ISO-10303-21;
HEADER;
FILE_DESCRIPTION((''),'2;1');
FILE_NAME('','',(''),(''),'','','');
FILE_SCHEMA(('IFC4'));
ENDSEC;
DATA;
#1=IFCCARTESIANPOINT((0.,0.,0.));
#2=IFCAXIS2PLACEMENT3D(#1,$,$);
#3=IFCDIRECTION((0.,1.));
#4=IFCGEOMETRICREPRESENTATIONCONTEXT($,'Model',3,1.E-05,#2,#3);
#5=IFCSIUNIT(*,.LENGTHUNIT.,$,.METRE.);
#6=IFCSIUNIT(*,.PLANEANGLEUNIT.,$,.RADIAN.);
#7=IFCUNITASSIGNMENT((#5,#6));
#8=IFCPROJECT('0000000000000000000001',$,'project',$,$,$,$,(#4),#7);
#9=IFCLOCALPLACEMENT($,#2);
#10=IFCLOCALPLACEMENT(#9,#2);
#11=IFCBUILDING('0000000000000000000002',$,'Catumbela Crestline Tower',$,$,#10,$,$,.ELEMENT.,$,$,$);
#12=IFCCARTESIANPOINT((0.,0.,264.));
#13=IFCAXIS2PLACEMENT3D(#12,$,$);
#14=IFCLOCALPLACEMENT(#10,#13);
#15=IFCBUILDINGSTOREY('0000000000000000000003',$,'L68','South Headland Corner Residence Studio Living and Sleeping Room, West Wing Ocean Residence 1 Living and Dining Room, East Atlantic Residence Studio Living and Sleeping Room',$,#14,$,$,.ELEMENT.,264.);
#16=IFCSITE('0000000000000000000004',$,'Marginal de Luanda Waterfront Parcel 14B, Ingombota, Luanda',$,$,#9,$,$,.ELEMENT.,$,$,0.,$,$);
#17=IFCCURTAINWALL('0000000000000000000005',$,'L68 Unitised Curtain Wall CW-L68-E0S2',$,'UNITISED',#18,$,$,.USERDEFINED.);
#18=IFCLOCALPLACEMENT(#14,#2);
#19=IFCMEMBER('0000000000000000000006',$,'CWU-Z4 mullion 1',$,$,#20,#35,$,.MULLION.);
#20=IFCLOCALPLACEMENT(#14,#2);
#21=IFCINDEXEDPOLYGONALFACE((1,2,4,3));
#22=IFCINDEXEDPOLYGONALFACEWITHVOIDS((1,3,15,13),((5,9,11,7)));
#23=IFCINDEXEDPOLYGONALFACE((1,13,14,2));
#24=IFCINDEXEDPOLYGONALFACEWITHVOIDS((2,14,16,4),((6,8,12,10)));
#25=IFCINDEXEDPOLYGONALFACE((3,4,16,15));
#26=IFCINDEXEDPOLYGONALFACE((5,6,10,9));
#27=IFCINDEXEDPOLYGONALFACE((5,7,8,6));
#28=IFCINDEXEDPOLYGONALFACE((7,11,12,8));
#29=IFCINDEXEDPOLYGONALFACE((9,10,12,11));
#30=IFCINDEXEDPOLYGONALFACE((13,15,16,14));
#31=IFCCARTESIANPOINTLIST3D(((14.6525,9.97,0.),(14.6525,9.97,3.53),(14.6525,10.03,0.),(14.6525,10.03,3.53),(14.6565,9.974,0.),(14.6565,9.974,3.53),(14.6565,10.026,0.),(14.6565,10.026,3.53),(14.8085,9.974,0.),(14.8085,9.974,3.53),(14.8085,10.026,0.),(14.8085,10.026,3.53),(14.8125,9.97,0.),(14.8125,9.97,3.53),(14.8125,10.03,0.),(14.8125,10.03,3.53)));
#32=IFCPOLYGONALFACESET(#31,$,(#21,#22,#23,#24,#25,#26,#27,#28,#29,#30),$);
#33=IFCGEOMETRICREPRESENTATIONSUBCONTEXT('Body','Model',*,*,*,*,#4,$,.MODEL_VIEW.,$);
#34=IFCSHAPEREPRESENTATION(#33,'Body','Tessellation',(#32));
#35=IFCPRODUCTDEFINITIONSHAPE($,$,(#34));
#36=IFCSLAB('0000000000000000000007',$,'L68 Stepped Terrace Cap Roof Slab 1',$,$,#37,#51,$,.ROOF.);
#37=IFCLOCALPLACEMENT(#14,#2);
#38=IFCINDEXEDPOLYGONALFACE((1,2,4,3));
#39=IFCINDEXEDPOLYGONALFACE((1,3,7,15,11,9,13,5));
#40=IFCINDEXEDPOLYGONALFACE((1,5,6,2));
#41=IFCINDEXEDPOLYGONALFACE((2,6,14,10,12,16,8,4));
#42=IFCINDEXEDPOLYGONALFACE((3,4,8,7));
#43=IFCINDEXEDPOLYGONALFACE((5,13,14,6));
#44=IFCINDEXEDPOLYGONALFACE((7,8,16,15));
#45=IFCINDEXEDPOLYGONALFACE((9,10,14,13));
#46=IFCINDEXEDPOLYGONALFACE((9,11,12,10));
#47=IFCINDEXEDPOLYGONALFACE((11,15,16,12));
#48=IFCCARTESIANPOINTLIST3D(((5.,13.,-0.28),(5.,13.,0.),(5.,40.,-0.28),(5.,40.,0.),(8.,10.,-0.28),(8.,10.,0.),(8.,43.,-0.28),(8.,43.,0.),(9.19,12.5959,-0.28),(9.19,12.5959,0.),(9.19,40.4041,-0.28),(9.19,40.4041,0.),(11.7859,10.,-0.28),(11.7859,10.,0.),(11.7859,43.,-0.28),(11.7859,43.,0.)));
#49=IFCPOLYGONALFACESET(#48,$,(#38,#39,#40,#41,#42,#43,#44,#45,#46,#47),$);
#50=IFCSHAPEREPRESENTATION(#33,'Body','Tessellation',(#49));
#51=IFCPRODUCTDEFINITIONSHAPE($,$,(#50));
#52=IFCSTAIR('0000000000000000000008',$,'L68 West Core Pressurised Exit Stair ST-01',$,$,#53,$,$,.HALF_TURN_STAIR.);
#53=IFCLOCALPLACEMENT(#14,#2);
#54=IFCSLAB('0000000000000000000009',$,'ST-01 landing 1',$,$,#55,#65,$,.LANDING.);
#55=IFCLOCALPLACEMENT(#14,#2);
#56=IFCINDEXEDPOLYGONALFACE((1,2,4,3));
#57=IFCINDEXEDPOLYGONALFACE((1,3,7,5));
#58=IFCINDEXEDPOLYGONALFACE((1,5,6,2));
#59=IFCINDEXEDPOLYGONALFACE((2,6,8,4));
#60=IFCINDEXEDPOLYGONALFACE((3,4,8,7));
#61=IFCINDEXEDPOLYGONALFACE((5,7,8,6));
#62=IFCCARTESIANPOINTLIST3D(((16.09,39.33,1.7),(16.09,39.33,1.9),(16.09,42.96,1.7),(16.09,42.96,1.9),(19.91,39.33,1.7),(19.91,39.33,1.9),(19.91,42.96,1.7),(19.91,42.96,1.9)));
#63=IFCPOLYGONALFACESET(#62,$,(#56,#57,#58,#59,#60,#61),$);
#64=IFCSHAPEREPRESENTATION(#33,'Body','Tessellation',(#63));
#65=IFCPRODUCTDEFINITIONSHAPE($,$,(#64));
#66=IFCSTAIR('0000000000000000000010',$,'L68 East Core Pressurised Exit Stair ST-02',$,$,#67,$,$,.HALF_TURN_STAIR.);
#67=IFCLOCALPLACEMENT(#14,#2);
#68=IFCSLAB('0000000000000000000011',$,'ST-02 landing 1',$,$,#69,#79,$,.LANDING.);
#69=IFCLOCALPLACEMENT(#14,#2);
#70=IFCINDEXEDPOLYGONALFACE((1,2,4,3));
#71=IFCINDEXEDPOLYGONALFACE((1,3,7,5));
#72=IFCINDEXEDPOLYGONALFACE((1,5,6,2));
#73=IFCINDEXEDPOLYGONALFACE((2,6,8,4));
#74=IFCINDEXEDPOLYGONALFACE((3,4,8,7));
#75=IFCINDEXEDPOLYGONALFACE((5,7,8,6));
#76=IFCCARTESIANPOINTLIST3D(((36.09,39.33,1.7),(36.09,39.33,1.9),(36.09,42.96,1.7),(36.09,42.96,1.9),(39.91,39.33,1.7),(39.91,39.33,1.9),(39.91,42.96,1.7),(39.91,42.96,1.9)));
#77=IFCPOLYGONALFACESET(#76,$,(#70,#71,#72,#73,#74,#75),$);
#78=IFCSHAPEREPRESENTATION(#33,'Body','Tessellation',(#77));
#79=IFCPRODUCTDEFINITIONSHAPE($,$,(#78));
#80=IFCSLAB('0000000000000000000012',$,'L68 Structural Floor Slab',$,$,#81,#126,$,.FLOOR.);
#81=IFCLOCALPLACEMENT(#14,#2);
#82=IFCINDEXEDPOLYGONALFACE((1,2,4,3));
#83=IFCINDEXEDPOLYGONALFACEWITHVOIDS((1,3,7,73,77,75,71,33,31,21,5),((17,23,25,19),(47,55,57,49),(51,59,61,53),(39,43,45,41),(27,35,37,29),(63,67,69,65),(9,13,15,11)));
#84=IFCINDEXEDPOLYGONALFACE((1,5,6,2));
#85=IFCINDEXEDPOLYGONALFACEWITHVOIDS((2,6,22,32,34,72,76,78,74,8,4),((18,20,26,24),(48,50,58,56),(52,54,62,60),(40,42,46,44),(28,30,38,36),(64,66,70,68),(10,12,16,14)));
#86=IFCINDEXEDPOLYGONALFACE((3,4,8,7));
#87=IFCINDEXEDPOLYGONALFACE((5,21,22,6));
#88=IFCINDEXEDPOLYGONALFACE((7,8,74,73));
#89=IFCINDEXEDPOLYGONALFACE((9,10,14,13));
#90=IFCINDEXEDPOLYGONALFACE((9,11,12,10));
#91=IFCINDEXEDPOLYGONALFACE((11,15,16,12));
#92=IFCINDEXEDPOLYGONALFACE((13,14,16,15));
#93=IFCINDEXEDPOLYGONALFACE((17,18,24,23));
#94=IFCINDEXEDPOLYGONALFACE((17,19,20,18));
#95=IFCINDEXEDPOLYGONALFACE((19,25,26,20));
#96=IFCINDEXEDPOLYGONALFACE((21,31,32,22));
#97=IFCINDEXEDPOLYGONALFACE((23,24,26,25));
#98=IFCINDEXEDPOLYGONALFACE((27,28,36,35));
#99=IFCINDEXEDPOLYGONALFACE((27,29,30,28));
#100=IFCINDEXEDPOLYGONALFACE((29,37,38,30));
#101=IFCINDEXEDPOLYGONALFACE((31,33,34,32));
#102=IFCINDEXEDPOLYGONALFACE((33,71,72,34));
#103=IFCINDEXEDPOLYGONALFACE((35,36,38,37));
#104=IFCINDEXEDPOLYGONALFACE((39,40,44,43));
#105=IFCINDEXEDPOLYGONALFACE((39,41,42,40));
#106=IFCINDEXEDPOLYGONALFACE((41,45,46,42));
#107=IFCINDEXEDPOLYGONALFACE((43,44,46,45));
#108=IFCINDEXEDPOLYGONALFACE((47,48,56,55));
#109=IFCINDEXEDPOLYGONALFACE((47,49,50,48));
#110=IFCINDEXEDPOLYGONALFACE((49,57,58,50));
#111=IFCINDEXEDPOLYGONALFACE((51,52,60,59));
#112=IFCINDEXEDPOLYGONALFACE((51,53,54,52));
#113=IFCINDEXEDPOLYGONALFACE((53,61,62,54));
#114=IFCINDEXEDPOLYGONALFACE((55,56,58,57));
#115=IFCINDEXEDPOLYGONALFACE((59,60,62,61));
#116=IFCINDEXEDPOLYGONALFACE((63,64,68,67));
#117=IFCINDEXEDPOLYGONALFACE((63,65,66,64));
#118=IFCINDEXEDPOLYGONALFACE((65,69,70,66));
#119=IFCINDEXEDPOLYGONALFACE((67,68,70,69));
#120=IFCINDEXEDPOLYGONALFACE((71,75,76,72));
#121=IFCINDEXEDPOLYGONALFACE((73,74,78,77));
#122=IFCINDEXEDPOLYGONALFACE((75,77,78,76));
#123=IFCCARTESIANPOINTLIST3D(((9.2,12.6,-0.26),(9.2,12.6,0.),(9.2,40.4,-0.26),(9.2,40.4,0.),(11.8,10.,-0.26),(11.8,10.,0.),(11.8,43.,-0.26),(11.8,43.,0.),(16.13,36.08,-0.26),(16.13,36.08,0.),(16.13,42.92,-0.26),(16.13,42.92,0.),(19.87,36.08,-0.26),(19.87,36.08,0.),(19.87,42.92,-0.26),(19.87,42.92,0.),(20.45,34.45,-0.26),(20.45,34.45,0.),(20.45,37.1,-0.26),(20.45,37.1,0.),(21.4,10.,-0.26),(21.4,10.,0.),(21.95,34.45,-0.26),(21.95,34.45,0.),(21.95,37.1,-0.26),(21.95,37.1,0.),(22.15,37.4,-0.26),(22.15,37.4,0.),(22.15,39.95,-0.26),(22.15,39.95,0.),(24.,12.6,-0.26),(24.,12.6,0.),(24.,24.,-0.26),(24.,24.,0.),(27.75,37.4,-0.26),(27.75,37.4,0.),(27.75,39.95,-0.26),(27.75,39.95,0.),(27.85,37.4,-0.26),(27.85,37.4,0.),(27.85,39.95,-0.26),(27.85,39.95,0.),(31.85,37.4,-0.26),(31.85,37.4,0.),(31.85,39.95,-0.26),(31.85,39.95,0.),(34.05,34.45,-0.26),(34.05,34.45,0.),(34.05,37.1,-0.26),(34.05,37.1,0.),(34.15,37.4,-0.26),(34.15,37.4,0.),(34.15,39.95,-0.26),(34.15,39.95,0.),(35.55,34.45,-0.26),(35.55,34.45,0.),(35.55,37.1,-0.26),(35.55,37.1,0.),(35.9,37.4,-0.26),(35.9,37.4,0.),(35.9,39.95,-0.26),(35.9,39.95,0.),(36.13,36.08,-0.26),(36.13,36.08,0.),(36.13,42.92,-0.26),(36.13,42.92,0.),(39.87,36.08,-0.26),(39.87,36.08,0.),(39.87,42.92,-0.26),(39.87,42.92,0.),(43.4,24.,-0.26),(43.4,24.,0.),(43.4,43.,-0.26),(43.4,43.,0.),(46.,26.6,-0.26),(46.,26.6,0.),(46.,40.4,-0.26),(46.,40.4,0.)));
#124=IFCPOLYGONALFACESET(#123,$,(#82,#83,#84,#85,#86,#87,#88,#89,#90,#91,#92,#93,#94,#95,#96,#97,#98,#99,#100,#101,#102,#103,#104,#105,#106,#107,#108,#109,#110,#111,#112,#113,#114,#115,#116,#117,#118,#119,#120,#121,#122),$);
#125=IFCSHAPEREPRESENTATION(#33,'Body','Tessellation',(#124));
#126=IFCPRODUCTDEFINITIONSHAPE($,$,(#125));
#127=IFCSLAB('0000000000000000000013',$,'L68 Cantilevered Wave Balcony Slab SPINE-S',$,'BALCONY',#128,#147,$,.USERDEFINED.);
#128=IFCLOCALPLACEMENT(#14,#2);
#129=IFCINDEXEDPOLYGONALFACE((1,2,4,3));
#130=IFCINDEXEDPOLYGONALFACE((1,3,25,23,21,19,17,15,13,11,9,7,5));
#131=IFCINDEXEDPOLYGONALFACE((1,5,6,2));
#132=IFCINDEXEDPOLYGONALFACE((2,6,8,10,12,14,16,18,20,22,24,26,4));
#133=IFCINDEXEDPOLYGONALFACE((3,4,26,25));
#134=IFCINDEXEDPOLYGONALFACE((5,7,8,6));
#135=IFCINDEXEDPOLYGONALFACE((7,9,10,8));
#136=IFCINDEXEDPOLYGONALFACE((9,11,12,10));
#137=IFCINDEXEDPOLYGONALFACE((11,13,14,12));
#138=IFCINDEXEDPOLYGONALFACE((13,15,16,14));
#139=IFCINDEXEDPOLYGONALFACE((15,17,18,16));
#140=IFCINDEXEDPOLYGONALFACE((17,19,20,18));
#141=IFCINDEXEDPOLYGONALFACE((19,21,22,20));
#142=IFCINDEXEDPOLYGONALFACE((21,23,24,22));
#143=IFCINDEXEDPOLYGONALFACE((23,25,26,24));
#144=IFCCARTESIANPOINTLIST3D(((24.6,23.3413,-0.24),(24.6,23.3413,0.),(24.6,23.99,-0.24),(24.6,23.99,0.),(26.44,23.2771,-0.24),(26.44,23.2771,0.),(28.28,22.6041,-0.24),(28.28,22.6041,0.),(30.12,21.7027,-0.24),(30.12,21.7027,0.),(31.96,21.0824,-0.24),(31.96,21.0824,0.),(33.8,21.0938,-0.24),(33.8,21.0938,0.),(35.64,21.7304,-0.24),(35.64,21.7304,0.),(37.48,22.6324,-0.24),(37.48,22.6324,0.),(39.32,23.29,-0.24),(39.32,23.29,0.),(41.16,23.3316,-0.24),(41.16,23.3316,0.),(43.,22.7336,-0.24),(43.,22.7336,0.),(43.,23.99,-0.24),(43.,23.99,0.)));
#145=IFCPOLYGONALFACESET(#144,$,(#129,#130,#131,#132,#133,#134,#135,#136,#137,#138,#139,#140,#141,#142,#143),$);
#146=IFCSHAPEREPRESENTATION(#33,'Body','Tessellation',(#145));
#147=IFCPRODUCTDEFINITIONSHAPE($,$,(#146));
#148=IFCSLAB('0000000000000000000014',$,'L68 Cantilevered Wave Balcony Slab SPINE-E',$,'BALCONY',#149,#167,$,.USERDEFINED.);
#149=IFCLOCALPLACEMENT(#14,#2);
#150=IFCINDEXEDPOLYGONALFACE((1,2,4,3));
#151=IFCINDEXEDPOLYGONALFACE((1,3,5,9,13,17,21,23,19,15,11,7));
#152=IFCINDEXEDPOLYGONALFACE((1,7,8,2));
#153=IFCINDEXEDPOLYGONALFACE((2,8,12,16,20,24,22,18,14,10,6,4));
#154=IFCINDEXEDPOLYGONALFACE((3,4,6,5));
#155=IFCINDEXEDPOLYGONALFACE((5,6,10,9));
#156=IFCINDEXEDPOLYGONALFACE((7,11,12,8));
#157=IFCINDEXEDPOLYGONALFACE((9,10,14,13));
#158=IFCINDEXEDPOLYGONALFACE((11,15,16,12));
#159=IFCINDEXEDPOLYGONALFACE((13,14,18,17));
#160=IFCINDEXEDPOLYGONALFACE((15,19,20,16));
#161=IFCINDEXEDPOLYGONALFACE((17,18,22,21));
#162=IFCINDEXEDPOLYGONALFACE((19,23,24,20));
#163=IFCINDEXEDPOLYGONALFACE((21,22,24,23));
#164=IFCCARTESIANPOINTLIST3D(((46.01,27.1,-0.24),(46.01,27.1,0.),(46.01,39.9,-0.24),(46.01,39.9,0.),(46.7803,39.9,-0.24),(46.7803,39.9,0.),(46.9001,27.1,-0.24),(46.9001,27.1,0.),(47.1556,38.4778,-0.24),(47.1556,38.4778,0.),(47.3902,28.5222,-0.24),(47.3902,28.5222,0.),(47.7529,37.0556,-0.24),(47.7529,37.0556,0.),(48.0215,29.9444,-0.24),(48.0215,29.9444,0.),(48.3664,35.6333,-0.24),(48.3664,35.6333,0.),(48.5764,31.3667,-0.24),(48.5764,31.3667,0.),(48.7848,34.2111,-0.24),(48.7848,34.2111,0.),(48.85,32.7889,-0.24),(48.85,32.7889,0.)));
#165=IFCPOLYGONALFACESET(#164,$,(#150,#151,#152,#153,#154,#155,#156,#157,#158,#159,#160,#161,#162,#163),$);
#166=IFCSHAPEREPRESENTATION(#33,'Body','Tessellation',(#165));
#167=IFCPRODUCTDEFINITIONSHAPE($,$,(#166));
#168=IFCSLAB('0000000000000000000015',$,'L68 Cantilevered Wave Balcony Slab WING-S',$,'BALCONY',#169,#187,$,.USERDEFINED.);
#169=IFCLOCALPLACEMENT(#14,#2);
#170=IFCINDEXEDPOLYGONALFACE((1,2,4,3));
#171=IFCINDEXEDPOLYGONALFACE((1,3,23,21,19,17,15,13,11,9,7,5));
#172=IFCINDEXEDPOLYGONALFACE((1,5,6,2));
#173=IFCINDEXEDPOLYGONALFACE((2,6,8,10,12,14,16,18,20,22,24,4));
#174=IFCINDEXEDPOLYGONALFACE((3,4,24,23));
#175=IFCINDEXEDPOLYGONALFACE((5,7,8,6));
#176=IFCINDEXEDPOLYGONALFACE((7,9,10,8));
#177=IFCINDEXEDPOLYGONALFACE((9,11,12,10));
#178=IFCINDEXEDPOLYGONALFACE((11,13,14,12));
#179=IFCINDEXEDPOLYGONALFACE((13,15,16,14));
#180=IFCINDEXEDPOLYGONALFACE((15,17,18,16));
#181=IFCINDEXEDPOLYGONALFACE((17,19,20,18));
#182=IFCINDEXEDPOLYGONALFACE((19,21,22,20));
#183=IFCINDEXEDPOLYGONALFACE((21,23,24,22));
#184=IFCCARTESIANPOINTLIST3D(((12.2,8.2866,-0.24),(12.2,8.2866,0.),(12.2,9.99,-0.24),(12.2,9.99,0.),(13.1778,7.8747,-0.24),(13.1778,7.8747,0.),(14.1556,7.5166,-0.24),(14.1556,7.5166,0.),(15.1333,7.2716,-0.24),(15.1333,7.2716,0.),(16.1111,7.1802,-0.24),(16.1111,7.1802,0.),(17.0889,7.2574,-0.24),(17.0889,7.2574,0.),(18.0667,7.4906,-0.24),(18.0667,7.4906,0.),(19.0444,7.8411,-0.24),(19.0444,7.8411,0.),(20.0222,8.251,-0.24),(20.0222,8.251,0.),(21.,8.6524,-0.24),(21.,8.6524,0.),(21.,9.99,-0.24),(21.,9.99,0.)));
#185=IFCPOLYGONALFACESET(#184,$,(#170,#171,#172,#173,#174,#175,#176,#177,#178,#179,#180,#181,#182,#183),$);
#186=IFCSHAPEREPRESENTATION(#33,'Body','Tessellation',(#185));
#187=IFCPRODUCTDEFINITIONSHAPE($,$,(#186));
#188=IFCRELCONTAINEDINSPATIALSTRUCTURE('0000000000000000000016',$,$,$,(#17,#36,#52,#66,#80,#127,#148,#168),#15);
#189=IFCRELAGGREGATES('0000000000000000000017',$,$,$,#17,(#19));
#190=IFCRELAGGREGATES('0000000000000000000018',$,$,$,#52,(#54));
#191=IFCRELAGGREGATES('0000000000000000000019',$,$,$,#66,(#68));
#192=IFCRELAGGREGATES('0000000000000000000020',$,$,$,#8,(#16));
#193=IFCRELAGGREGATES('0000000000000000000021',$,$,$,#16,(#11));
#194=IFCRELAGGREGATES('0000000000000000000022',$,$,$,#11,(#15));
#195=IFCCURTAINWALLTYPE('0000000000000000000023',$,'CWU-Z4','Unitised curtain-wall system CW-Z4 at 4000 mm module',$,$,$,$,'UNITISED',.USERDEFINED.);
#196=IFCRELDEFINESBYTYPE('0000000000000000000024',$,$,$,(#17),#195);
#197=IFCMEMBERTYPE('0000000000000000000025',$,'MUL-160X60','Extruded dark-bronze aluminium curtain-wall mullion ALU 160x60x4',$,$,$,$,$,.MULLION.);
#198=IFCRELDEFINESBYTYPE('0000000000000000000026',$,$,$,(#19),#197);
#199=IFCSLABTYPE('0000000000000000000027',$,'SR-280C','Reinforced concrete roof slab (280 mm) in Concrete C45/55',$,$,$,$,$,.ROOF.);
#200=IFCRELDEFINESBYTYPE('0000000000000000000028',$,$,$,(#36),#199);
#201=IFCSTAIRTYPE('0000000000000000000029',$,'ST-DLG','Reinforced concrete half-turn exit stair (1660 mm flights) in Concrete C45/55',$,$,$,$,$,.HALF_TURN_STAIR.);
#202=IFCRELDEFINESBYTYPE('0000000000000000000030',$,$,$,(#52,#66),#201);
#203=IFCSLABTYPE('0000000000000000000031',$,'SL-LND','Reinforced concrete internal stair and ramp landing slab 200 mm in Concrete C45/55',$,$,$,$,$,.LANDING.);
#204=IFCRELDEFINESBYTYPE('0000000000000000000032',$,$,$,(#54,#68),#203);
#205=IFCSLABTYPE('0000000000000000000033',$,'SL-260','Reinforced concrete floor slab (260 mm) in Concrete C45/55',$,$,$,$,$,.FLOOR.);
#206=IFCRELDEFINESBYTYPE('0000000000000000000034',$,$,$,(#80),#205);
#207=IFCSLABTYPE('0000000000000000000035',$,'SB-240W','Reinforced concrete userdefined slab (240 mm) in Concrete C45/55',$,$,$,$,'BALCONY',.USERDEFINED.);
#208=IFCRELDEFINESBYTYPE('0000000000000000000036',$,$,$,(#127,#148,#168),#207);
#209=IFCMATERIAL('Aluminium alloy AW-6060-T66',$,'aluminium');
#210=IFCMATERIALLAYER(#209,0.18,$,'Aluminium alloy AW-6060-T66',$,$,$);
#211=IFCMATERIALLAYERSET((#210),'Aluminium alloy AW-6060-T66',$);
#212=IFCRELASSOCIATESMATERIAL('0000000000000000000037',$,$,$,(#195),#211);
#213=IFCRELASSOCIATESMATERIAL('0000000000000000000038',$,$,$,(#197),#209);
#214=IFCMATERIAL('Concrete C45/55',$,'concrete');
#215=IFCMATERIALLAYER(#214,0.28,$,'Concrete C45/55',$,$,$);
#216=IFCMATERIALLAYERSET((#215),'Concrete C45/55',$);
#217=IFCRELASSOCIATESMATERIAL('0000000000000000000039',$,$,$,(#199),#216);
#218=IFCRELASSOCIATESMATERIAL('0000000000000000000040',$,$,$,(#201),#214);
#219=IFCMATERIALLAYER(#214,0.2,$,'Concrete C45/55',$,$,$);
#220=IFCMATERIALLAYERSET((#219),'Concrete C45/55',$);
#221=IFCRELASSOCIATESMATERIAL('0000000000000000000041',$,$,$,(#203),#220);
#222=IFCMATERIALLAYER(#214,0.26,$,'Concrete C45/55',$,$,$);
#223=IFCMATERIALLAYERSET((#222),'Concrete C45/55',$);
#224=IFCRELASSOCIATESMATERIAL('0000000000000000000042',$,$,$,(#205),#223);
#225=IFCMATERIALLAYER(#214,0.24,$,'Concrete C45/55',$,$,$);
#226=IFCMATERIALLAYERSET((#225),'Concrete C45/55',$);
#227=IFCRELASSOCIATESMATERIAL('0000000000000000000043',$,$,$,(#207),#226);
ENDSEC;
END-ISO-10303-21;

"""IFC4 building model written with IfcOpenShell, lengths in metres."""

from ifc_helpers import new_model, si_unit, direction, frame, origin, origin_2d, place, context, subcontext, project, spatial, polyline, hollow_rectangle, outline, extrude, material, layer, layer_set, material_profile, profile_set, type_object, element, aggregate, save


model = new_model("IFC4")

# Units and contexts
model_context = context("Model", 3, precision=1e-05, world=origin(), true_north=direction((0.0, 1.0)))
body_context = subcontext(model_context, "Body", "Model", "MODEL_VIEW")
ifc_project = project(units=[si_unit("LENGTHUNIT", "METRE"), si_unit("PLANEANGLEUNIT", "RADIAN")], contexts=[model_context])

# Site, building, storey
site_placement = place(None, origin())
site = spatial("IfcSite", under=ifc_project, at=site_placement, Name="Marginal de Luanda Waterfront Parcel 14B, Ingombota, Luanda", CompositionType="ELEMENT", RefElevation=0.0)
building_placement = place(site_placement, origin())
building = spatial("IfcBuilding", under=site, at=building_placement, Name="Catumbela Crestline Tower", CompositionType="ELEMENT")
storey_placement = place(building_placement, frame((0.0, 0.0, 264.0)))
storey = spatial("IfcBuildingStorey", under=building, at=storey_placement, Name="L68", Description="South Headland Corner Residence Studio Living and Sleeping Room, West Wing Ocean Residence 1 Living and Dining Room, East Atlantic Residence Studio Living and Sleeping Room", CompositionType="ELEMENT", Elevation=264.0)

# Curtain wall, member
ifc_material_1 = material(Name="Aluminium alloy AW-6060-T66", Category="aluminium")
ifc_layer_1 = layer(ifc_material_1, 0.18, Name="Aluminium alloy AW-6060-T66")
ifc_layer_set_1 = layer_set([ifc_layer_1], Name="Aluminium alloy AW-6060-T66")
curtain_wall_type = type_object("IfcCurtainWallType", Name="CWU-Z4", Description="Unitised curtain-wall system CW-Z4 at 4000 mm module", ElementType="UNITISED", PredefinedType="USERDEFINED", material=ifc_layer_set_1)
curtain_wall_placement = place(storey_placement, origin())
curtain_wall = element("IfcCurtainWall", 1, at=curtain_wall_placement, inside=storey, type_object=curtain_wall_type, Name="L68 Unitised Curtain Wall CW-L68-E0S2", ObjectType="UNITISED", PredefinedType="USERDEFINED")
ifc_material_profile = material_profile(ifc_material_1, hollow_rectangle(XDim=0.06, YDim=0.16, WallThickness=0.004, at=origin_2d()), Name="ALU 160x60x4")
ifc_profile_set = profile_set([ifc_material_profile], Name="Aluminium alloy AW-6060-T66")
member_type = type_object("IfcMemberType", Name="MUL-160X60", Description="Extruded dark-bronze aluminium curtain-wall mullion ALU 160x60x4", PredefinedType="MULLION", material=ifc_profile_set)
member_placement = place(storey_placement, frame((14.7325, 10.0, 0.0), z_axis=(0.0, 0.0, 1.0), x_axis=(0.0, 1.0, 0.0)))
member = element("IfcMember", 2, at=member_placement, type_object=member_type, Name="CWU-Z4 mullion 1", PredefinedType="MULLION", context=body_context, shape_type="SweptSolid", body=[
    extrude(hollow_rectangle(XDim=0.06, YDim=0.16, WallThickness=0.004, at=origin_2d()), origin(), (0.0, 0.0, 1.0), 3.53),
])
aggregate(curtain_wall, [member])

# Slab
ifc_material_2 = material(Name="Concrete C45/55", Category="concrete")
ifc_layer_2 = layer(ifc_material_2, 0.28, Name="Concrete C45/55")
ifc_layer_set_2 = layer_set([ifc_layer_2], Name="Concrete C45/55")
slab_type_1 = type_object("IfcSlabType", Name="SR-280C", Description="Reinforced concrete roof slab (280 mm) in Concrete C45/55", PredefinedType="ROOF", material=ifc_layer_set_2)
slab_1_placement = place(storey_placement, frame((0.0, 0.0, -0.28)))
element("IfcSlab", 3, at=slab_1_placement, inside=storey, type_object=slab_type_1, Name="L68 Stepped Terrace Cap Roof Slab 1", PredefinedType="ROOF", context=body_context, shape_type="SweptSolid", body=[
    extrude(outline(polyline([(5.0, 13.0), (5.0, 40.0), (8.0, 43.0), (11.7859, 43.0), (9.19, 40.4041), (9.19, 12.5959), (11.7859, 10.0), (8.0, 10.0), (5.0, 13.0)])), origin(), (0.0, 0.0, 1.0), 0.28),
])

# Stairs, slabs
stair_type = type_object("IfcStairType", Name="ST-DLG", Description="Reinforced concrete half-turn exit stair (1660 mm flights) in Concrete C45/55", PredefinedType="HALF_TURN_STAIR", material=ifc_material_2)
stair_1_placement = place(storey_placement, origin())
stair_1 = element("IfcStair", 4, at=stair_1_placement, inside=storey, type_object=stair_type, Name="L68 West Core Pressurised Exit Stair ST-01", PredefinedType="HALF_TURN_STAIR")
ifc_layer_3 = layer(ifc_material_2, 0.2, Name="Concrete C45/55")
ifc_layer_set_3 = layer_set([ifc_layer_3], Name="Concrete C45/55")
slab_type_2 = type_object("IfcSlabType", Name="SL-LND", Description="Reinforced concrete internal stair and ramp landing slab 200 mm in Concrete C45/55", PredefinedType="LANDING", material=ifc_layer_set_3)
slab_2_placement = place(storey_placement, frame((0.0, 0.0, 1.7)))
slab_2 = element("IfcSlab", 5, at=slab_2_placement, type_object=slab_type_2, Name="ST-01 landing 1", PredefinedType="LANDING", context=body_context, shape_type="SweptSolid", body=[
    extrude(outline(polyline([(19.91, 39.33), (19.91, 42.96), (16.09, 42.96), (16.09, 39.33), (19.91, 39.33)])), origin(), (0.0, 0.0, 1.0), 0.2),
])
aggregate(stair_1, [slab_2])
stair_2_placement = place(storey_placement, origin())
stair_2 = element("IfcStair", 6, at=stair_2_placement, inside=storey, type_object=stair_type, Name="L68 East Core Pressurised Exit Stair ST-02", PredefinedType="HALF_TURN_STAIR")
slab_3_placement = place(storey_placement, frame((0.0, 0.0, 1.7)))
slab_3 = element("IfcSlab", 7, at=slab_3_placement, type_object=slab_type_2, Name="ST-02 landing 1", PredefinedType="LANDING", context=body_context, shape_type="SweptSolid", body=[
    extrude(outline(polyline([(39.91, 39.33), (39.91, 42.96), (36.09, 42.96), (36.09, 39.33), (39.91, 39.33)])), origin(), (0.0, 0.0, 1.0), 0.2),
])
aggregate(stair_2, [slab_3])

# Slabs
ifc_layer_4 = layer(ifc_material_2, 0.26, Name="Concrete C45/55")
ifc_layer_set_4 = layer_set([ifc_layer_4], Name="Concrete C45/55")
slab_type_3 = type_object("IfcSlabType", Name="SL-260", Description="Reinforced concrete floor slab (260 mm) in Concrete C45/55", PredefinedType="FLOOR", material=ifc_layer_set_4)
slab_4_placement = place(storey_placement, frame((0.0, 0.0, -0.26)))
element("IfcSlab", 8, at=slab_4_placement, inside=storey, type_object=slab_type_3, Name="L68 Structural Floor Slab", PredefinedType="FLOOR", context=body_context, shape_type="SweptSolid", body=[
    extrude(outline(polyline([(11.8, 10.0), (21.4, 10.0), (24.0, 12.6), (24.0, 24.0), (43.4, 24.0), (46.0, 26.6), (46.0, 40.4), (43.4, 43.0), (11.8, 43.0), (9.2, 40.4), (9.2, 12.6), (11.8, 10.0)]), holes=[polyline([(16.13, 36.08), (19.87, 36.08), (19.87, 42.92), (16.13, 42.92), (16.13, 36.08)]), polyline([(36.13, 36.08), (39.87, 36.08), (39.87, 42.92), (36.13, 42.92), (36.13, 36.08)]), polyline([(22.15, 37.4), (27.75, 37.4), (27.75, 39.95), (22.15, 39.95), (22.15, 37.4)]), polyline([(27.85, 37.4), (31.85, 37.4), (31.85, 39.95), (27.85, 39.95), (27.85, 37.4)]), polyline([(20.45, 34.45), (21.95, 34.45), (21.95, 37.1), (20.45, 37.1), (20.45, 34.45)]), polyline([(34.05, 34.45), (35.55, 34.45), (35.55, 37.1), (34.05, 37.1), (34.05, 34.45)]), polyline([(34.15, 37.4), (35.9, 37.4), (35.9, 39.95), (34.15, 39.95), (34.15, 37.4)])]), origin(), (0.0, 0.0, 1.0), 0.26),
])
ifc_layer_5 = layer(ifc_material_2, 0.24, Name="Concrete C45/55")
ifc_layer_set_5 = layer_set([ifc_layer_5], Name="Concrete C45/55")
slab_type_4 = type_object("IfcSlabType", Name="SB-240W", Description="Reinforced concrete userdefined slab (240 mm) in Concrete C45/55", ElementType="BALCONY", PredefinedType="USERDEFINED", material=ifc_layer_set_5)
slab_5_placement = place(storey_placement, frame((0.0, 0.0, -0.24)))
element("IfcSlab", 9, at=slab_5_placement, inside=storey, type_object=slab_type_4, Name="L68 Cantilevered Wave Balcony Slab SPINE-S", ObjectType="BALCONY", PredefinedType="USERDEFINED", context=body_context, shape_type="SweptSolid", body=[
    extrude(outline(polyline([(24.6, 23.3413), (26.44, 23.2771), (28.28, 22.6041), (30.12, 21.7027), (31.96, 21.0824), (33.8, 21.0938), (35.64, 21.7304), (37.48, 22.6324), (39.32, 23.29), (41.16, 23.3316), (43.0, 22.7336), (43.0, 23.99), (24.6, 23.99), (24.6, 23.3413)])), origin(), (0.0, 0.0, 1.0), 0.24),
])
slab_6_placement = place(storey_placement, frame((0.0, 0.0, -0.24)))
element("IfcSlab", 10, at=slab_6_placement, inside=storey, type_object=slab_type_4, Name="L68 Cantilevered Wave Balcony Slab SPINE-E", ObjectType="BALCONY", PredefinedType="USERDEFINED", context=body_context, shape_type="SweptSolid", body=[
    extrude(outline(polyline([(46.01, 27.1), (46.9001, 27.1), (47.3902, 28.5222), (48.0215, 29.9444), (48.5764, 31.3667), (48.85, 32.7889), (48.7848, 34.2111), (48.3664, 35.6333), (47.7529, 37.0556), (47.1556, 38.4778), (46.7803, 39.9), (46.01, 39.9), (46.01, 27.1)])), origin(), (0.0, 0.0, 1.0), 0.24),
])
slab_7_placement = place(storey_placement, frame((0.0, 0.0, -0.24)))
element("IfcSlab", 11, at=slab_7_placement, inside=storey, type_object=slab_type_4, Name="L68 Cantilevered Wave Balcony Slab WING-S", ObjectType="BALCONY", PredefinedType="USERDEFINED", context=body_context, shape_type="SweptSolid", body=[
    extrude(outline(polyline([(12.2, 8.2866), (13.1778, 7.8747), (14.1556, 7.5166), (15.1333, 7.2716), (16.1111, 7.1802), (17.0889, 7.2574), (18.0667, 7.4906), (19.0444, 7.8411), (20.0222, 8.251), (21.0, 8.6524), (21.0, 9.99), (12.2, 9.99), (12.2, 8.2866)])), origin(), (0.0, 0.0, 1.0), 0.24),
])

save(model, "model.ifc")
